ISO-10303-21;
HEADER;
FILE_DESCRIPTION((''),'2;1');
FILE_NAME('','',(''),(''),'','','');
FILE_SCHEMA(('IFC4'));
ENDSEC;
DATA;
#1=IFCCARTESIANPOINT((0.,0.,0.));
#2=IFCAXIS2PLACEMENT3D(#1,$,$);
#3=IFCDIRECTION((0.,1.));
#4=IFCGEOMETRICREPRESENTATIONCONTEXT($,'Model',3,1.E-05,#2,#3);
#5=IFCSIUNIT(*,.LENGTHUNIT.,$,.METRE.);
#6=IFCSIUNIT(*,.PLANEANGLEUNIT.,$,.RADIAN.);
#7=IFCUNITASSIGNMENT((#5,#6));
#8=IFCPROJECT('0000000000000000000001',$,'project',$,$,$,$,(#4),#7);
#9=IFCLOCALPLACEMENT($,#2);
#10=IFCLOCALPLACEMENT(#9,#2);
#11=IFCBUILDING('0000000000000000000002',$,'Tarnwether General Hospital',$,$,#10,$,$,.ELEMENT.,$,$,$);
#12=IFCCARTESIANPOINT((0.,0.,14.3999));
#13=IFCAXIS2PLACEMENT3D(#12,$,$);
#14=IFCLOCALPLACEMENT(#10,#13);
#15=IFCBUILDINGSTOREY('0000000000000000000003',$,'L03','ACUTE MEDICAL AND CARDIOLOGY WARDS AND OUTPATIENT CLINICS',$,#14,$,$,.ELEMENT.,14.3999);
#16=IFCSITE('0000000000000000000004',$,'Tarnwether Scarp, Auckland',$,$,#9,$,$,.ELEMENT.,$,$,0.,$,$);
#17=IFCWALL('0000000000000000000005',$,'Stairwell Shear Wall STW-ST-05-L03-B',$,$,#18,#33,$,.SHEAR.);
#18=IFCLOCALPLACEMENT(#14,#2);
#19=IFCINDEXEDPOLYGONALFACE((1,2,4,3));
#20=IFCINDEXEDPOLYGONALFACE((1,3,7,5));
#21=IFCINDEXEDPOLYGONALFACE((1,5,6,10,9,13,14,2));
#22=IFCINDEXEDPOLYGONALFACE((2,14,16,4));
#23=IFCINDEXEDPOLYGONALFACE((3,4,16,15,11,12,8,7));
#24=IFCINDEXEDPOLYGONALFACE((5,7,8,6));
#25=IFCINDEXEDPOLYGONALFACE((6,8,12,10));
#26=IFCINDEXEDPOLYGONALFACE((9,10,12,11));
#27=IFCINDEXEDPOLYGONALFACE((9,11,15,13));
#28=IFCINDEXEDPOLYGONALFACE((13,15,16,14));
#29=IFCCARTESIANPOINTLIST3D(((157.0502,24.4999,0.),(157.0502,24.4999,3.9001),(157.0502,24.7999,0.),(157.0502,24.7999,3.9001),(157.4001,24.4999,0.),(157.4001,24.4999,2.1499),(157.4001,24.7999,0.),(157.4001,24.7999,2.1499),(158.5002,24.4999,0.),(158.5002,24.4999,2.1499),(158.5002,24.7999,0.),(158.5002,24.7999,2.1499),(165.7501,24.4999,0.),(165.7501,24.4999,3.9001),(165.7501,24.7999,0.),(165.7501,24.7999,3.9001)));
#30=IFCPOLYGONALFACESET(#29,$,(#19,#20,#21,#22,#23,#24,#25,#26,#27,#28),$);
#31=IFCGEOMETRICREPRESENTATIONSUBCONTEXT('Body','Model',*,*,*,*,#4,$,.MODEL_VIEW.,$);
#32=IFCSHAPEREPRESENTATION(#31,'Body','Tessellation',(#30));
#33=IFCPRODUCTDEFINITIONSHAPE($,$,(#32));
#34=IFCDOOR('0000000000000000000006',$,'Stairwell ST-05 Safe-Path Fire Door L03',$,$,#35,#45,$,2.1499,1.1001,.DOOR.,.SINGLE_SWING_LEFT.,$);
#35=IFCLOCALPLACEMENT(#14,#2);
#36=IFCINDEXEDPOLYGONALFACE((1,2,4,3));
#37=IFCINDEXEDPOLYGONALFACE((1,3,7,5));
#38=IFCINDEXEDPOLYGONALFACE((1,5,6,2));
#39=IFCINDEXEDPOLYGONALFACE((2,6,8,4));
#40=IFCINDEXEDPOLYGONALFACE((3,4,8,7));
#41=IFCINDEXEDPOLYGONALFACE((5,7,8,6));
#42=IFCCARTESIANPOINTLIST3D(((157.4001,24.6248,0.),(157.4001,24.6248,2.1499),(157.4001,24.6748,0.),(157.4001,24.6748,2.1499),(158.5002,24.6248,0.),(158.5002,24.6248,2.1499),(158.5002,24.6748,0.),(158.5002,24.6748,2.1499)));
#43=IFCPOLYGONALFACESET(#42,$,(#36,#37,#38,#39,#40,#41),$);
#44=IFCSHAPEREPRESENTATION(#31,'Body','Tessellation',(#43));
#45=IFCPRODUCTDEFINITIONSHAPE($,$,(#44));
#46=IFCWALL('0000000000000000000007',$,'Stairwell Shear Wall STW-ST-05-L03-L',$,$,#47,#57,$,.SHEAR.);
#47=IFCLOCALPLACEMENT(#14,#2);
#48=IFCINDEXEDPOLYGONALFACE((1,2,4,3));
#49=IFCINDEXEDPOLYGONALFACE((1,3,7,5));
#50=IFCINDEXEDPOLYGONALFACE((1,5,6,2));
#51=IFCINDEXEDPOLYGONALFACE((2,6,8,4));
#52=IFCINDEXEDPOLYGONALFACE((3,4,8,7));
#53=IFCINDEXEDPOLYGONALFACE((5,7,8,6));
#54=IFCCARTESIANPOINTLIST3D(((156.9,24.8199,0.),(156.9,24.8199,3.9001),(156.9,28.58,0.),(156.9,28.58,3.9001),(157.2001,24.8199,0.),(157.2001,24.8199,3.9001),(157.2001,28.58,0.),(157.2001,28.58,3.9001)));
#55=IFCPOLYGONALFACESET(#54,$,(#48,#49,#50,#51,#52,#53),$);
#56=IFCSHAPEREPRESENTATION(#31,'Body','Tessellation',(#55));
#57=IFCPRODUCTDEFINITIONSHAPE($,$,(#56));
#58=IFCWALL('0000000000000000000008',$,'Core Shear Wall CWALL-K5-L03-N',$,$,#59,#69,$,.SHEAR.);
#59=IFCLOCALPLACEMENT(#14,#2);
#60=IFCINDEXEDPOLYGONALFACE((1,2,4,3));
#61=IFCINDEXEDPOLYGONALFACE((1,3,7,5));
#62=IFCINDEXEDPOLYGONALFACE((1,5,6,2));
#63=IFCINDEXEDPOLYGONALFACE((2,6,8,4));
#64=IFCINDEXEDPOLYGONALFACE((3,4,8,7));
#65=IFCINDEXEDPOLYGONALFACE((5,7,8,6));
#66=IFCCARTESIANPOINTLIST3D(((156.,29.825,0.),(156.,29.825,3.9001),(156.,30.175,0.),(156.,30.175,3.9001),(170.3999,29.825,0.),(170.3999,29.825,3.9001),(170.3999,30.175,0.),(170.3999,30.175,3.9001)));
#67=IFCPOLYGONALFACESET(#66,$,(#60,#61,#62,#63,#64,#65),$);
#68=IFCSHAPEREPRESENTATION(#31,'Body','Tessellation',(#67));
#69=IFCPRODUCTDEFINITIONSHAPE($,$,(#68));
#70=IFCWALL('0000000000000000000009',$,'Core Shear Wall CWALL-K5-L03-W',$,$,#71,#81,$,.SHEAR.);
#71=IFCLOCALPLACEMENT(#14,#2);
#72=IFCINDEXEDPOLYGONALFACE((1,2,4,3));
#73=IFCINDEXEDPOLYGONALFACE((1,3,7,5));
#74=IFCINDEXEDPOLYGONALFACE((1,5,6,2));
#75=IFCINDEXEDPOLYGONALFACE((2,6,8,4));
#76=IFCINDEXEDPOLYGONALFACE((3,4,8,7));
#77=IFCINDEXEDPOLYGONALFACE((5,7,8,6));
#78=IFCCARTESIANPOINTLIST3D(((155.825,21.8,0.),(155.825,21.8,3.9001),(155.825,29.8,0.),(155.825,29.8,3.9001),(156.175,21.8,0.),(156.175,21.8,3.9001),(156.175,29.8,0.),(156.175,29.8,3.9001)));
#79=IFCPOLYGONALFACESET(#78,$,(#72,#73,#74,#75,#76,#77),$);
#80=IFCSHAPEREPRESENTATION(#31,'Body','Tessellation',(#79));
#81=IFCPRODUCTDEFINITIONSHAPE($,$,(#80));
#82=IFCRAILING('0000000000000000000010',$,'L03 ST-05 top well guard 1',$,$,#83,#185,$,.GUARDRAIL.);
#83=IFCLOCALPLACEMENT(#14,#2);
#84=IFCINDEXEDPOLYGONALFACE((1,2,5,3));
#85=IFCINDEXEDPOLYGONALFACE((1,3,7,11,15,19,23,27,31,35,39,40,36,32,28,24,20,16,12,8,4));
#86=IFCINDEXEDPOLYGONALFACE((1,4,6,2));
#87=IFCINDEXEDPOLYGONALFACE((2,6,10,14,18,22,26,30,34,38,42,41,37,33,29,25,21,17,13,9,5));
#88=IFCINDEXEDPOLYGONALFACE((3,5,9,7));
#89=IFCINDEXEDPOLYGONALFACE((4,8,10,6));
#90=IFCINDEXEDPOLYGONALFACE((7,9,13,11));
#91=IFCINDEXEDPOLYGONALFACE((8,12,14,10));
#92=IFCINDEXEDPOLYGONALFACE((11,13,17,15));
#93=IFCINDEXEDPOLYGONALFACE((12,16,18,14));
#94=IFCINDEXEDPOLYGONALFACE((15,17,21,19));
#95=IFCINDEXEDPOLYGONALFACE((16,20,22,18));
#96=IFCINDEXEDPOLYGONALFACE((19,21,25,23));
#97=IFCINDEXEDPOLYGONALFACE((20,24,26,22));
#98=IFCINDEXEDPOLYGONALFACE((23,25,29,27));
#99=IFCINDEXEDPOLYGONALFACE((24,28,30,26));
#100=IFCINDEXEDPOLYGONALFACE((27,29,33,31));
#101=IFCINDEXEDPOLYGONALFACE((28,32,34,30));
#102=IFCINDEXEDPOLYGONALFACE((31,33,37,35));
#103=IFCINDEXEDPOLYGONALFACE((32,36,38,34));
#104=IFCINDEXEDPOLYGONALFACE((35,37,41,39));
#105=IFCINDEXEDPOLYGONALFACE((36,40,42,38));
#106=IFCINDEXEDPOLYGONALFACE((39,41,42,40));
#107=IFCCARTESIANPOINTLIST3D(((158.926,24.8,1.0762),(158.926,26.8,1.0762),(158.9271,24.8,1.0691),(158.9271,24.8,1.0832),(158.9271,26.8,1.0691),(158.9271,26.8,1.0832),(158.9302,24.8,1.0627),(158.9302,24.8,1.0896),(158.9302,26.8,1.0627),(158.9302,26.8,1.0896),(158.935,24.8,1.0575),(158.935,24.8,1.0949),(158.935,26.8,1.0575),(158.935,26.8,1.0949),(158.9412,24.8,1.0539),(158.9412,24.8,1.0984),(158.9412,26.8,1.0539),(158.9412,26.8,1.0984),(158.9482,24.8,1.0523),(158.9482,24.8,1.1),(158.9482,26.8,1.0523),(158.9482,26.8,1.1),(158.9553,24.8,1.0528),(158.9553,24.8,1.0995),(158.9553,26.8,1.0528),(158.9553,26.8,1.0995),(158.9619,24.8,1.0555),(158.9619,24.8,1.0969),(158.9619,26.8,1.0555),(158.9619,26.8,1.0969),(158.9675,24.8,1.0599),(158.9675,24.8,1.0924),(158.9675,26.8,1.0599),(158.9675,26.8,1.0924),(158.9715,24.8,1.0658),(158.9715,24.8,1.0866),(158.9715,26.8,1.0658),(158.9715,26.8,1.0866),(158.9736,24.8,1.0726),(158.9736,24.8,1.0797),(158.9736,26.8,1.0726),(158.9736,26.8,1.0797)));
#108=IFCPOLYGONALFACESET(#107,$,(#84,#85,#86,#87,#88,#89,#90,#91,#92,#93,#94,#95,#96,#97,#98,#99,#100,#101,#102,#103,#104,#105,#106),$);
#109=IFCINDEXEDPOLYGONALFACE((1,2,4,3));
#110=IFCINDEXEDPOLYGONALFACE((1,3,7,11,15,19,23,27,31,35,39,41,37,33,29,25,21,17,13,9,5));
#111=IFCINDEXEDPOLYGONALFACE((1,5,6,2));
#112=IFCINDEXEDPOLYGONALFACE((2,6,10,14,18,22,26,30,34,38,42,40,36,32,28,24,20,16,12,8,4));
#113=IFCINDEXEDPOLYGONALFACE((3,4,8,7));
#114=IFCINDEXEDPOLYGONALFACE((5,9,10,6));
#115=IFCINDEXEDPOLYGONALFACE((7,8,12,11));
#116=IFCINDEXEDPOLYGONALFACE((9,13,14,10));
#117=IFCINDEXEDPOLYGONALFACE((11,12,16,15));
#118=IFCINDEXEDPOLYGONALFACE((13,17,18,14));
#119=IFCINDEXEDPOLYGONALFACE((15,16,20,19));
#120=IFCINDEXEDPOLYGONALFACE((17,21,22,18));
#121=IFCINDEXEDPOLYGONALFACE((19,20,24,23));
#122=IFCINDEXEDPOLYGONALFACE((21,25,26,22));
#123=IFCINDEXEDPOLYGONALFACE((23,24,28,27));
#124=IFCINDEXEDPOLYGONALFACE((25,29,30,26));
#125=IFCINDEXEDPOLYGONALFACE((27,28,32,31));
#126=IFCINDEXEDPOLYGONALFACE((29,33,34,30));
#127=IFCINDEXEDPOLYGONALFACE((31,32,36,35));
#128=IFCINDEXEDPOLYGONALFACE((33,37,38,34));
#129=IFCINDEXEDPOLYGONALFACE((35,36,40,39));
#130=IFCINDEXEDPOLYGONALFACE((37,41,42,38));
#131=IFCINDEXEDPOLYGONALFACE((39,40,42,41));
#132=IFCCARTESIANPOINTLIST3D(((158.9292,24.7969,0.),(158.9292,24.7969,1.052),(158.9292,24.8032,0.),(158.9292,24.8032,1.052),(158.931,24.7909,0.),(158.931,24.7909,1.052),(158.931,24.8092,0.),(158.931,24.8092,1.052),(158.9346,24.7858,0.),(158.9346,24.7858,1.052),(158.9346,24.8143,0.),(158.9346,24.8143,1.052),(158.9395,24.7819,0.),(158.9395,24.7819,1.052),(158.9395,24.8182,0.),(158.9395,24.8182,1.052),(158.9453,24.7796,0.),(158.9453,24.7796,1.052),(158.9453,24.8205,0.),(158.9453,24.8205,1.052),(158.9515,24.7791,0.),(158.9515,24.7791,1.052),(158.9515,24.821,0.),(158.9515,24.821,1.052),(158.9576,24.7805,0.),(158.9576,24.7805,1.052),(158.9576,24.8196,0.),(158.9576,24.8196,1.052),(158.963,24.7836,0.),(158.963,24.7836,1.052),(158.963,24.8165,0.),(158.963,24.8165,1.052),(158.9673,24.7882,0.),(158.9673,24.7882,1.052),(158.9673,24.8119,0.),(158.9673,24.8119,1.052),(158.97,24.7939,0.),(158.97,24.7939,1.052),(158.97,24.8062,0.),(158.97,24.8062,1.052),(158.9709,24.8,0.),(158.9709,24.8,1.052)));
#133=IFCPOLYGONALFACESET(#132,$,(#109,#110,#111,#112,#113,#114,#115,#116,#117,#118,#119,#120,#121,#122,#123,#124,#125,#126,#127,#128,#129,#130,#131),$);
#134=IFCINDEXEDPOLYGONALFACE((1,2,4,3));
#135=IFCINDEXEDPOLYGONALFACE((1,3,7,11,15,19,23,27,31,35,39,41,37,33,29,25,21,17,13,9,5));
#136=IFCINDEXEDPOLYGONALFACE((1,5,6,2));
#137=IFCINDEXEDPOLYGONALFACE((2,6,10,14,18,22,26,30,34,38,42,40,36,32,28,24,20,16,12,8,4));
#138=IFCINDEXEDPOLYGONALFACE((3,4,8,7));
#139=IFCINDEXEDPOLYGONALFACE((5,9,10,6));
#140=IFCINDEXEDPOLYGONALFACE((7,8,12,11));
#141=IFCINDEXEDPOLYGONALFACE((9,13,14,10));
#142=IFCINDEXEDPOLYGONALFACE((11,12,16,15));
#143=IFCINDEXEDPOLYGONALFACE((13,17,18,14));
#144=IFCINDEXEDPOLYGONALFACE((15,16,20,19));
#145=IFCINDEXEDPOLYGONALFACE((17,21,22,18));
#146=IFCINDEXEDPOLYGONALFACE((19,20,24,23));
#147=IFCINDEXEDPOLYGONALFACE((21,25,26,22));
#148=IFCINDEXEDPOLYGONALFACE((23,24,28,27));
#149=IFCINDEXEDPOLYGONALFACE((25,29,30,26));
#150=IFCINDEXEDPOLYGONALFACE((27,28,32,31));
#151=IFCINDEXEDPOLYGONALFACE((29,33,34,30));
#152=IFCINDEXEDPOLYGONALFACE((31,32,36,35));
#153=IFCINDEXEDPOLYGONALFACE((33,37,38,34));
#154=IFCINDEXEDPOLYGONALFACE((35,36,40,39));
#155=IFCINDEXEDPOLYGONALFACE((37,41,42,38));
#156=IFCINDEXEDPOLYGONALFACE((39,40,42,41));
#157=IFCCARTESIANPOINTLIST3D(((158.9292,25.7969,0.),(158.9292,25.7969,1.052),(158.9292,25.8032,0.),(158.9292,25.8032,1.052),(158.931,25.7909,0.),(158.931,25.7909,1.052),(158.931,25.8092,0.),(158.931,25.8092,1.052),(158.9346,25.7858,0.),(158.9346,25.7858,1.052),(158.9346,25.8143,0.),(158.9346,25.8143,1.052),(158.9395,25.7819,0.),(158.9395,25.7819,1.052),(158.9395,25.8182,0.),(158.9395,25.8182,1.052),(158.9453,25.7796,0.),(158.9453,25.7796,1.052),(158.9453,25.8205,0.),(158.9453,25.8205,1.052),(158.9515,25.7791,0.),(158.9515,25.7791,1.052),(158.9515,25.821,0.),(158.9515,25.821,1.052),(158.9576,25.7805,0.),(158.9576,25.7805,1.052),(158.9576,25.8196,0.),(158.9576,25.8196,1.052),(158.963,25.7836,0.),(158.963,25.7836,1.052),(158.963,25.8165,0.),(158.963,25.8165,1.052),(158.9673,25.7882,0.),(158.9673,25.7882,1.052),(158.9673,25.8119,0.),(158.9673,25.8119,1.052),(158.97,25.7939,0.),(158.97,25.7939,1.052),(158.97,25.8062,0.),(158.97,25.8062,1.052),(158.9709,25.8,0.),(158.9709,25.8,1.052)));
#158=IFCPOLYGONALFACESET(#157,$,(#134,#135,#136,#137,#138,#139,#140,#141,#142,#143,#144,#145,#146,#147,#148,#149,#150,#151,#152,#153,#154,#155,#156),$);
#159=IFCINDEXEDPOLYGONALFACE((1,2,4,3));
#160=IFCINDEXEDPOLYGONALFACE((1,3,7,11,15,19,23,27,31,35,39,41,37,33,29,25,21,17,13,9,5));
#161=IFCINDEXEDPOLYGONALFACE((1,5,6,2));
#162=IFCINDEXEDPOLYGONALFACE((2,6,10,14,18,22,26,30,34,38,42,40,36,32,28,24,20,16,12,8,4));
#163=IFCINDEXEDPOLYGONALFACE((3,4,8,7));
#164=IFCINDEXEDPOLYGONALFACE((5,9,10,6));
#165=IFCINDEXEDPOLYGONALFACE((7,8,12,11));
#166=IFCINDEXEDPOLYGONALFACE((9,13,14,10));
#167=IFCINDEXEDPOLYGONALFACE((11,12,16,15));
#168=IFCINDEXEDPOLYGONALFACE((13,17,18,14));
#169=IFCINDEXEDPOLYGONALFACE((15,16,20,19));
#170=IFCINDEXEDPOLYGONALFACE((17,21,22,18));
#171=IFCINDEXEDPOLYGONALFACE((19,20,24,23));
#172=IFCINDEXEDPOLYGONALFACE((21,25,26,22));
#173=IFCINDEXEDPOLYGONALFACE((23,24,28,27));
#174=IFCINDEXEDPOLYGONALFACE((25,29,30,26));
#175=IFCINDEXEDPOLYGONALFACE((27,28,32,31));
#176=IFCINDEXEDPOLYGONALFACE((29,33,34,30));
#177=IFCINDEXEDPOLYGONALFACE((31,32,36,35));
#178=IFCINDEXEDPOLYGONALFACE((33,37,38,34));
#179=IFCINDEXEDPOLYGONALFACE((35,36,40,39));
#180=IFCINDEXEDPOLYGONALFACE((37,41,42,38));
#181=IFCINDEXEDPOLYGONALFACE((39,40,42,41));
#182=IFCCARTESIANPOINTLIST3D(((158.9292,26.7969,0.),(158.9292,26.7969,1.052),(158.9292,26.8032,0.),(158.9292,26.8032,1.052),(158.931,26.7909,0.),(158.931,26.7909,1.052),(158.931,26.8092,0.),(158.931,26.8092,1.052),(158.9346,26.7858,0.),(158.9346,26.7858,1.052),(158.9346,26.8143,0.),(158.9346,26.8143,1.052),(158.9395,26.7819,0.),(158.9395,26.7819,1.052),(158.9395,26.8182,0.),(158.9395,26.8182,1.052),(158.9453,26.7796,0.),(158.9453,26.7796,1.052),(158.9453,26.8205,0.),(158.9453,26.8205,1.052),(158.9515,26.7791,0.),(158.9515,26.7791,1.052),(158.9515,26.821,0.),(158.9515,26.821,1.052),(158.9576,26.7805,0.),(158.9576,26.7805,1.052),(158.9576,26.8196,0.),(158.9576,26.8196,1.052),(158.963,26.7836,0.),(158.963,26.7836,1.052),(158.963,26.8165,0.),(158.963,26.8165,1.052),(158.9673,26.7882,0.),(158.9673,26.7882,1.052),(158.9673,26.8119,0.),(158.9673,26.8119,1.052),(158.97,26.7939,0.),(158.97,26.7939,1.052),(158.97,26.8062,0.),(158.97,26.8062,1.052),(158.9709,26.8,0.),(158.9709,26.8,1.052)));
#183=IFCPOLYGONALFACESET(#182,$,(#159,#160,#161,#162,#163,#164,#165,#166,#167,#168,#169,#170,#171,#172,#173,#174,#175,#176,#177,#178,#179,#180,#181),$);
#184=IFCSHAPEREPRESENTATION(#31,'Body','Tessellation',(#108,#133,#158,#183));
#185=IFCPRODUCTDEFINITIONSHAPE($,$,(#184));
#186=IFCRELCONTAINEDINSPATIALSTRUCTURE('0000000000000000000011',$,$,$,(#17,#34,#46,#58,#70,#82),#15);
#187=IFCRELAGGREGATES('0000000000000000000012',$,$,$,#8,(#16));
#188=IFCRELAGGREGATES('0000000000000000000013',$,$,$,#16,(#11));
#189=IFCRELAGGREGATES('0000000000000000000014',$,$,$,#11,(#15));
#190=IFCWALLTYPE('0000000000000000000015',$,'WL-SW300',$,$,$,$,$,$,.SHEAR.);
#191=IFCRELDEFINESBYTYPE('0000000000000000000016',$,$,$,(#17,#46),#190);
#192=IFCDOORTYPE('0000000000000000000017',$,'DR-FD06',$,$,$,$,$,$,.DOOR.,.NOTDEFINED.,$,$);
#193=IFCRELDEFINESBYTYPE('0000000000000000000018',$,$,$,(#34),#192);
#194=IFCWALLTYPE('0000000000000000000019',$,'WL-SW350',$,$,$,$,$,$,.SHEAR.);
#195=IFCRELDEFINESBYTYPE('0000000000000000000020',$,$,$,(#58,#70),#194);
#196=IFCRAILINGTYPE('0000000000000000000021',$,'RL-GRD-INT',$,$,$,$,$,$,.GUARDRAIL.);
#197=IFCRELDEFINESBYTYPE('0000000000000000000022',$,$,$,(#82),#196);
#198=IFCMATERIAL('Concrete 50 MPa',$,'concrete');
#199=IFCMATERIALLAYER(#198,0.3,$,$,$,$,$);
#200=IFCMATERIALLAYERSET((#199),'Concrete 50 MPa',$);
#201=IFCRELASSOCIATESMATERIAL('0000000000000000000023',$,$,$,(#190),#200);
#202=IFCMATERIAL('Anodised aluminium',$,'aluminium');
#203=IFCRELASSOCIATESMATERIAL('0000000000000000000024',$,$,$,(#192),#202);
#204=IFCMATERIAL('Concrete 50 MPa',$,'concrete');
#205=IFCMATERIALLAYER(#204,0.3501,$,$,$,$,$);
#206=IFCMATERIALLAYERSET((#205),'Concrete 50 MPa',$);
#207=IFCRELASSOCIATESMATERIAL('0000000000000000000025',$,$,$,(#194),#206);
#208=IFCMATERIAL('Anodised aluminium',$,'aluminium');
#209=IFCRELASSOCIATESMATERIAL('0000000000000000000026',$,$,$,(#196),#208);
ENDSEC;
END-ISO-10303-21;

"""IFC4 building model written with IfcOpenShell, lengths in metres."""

from ifc_helpers import new_model, si_unit, direction, frame, frame_2d, origin, origin_2d, place, context, subcontext, project, spatial, rectangle, circle, extrude, material, layer, layer_set, type_object, element, fill, save


model = new_model("IFC4")

# Units and contexts
model_context = context("Model", 3, precision=1e-05, world=origin(), true_north=direction((0.0, 1.0)))
body_context = subcontext(model_context, "Body", "Model", "MODEL_VIEW")
ifc_project = project(units=[si_unit("LENGTHUNIT", "METRE"), si_unit("PLANEANGLEUNIT", "RADIAN")], contexts=[model_context])

# Site, building, storey
site_placement = place(None, origin())
site = spatial("IfcSite", under=ifc_project, at=site_placement, Name="Tarnwether Scarp, Auckland", CompositionType="ELEMENT", RefElevation=0.0)
building_placement = place(site_placement, origin())
building = spatial("IfcBuilding", under=site, at=building_placement, Name="Tarnwether General Hospital", CompositionType="ELEMENT")
storey_placement = place(building_placement, frame((0.0, 0.0, 14.3999)))
storey = spatial("IfcBuildingStorey", under=building, at=storey_placement, Name="L03", Description="ACUTE MEDICAL AND CARDIOLOGY WARDS AND OUTPATIENT CLINICS", CompositionType="ELEMENT", Elevation=14.3999)

# Wall, opening, door
ifc_material_1 = material(Name="Concrete 50 MPa", Category="concrete")
ifc_layer_1 = layer(ifc_material_1, 0.3)
ifc_layer_set_1 = layer_set([ifc_layer_1], Name="Concrete 50 MPa")
wall_type_1 = type_object("IfcWallType", Name="WL-SW300", PredefinedType="SHEAR", material=ifc_layer_set_1)
wall_1_placement = place(storey_placement, frame((157.05, 24.6499, 0.0), z_axis=(0.0, 0.0, 1.0), x_axis=(1.0, 0.0, 0.0)))
wall_1 = element("IfcWall", 1, at=wall_1_placement, inside=storey, type_object=wall_type_1, Name="Stairwell Shear Wall STW-ST-05-L03-B", PredefinedType="SHEAR", context=body_context, shape_type="SweptSolid", body=[
    extrude(rectangle(XDim=8.7, YDim=0.3, at=frame_2d((4.3501, 0.0))), origin(), (0.0, 0.0, 1.0), 3.9001),
])
opening_1_placement = place(wall_1_placement, frame((0.3501, 0.0, 0.0)))
opening_1 = element("IfcOpeningElement", 2, at=opening_1_placement, cuts=wall_1, PredefinedType="OPENING", context=body_context, shape_type="SweptSolid", body=[
    extrude(rectangle(XDim=1.1001, YDim=2.1499, at=frame_2d((0.55, 1.075))), frame((0.0, 0.1602, 0.0), z_axis=(0.0, -1.0, 0.0), x_axis=(1.0, 0.0, 0.0)), (0.0, 0.0, 1.0), 0.3201),
])
ifc_material_2 = material(Name="Anodised aluminium", Category="aluminium")
door_type_1 = type_object("IfcDoorType", Name="DR-FD06", OperationType="NOTDEFINED", PredefinedType="DOOR", material=ifc_material_2)
door_1_placement = place(opening_1_placement, origin())
door_1 = element("IfcDoor", 3, at=door_1_placement, inside=storey, type_object=door_type_1, Name="Stairwell ST-05 Safe-Path Fire Door L03", OperationType="SINGLE_SWING_LEFT", OverallHeight=2.1499, OverallWidth=1.1001, PredefinedType="DOOR", context=body_context, shape_type="SweptSolid", body=[
    extrude(rectangle(XDim=1.1001, YDim=2.1499, at=frame_2d((0.55, 1.075))), frame((0.0, 0.0249, 0.0), z_axis=(0.0, -1.0, 0.0), x_axis=(1.0, 0.0, 0.0)), (0.0, 0.0, 1.0), 0.05),
])
fill(opening_1, door_1)

# Walls
wall_2_placement = place(storey_placement, frame((157.05, 24.8201, 0.0), z_axis=(0.0, 0.0, 1.0), x_axis=(0.0, 1.0, 0.0)))
element("IfcWall", 4, at=wall_2_placement, inside=storey, type_object=wall_type_1, Name="Stairwell Shear Wall STW-ST-05-L03-L", PredefinedType="SHEAR", context=body_context, shape_type="SweptSolid", body=[
    extrude(rectangle(XDim=3.76, YDim=0.3, at=frame_2d((1.8799, 0.0))), origin(), (0.0, 0.0, 1.0), 3.9001),
])
ifc_material_3 = material(Name="Concrete 50 MPa", Category="concrete")
ifc_layer_2 = layer(ifc_material_3, 0.3501)
ifc_layer_set_2 = layer_set([ifc_layer_2], Name="Concrete 50 MPa")
wall_type_2 = type_object("IfcWallType", Name="WL-SW350", PredefinedType="SHEAR", material=ifc_layer_set_2)
wall_3_placement = place(storey_placement, frame((156.0, 30.0, 0.0), z_axis=(0.0, 0.0, 1.0), x_axis=(1.0, 0.0, 0.0)))
element("IfcWall", 5, at=wall_3_placement, inside=storey, type_object=wall_type_2, Name="Core Shear Wall CWALL-K5-L03-N", PredefinedType="SHEAR", context=body_context, shape_type="SweptSolid", body=[
    extrude(rectangle(XDim=14.3999, YDim=0.3501, at=frame_2d((7.2, 0.0))), origin(), (0.0, 0.0, 1.0), 3.9001),
])
wall_4_placement = place(storey_placement, frame((156.0, 21.8, 0.0), z_axis=(0.0, 0.0, 1.0), x_axis=(0.0, 1.0, 0.0)))
element("IfcWall", 6, at=wall_4_placement, inside=storey, type_object=wall_type_2, Name="Core Shear Wall CWALL-K5-L03-W", PredefinedType="SHEAR", context=body_context, shape_type="SweptSolid", body=[
    extrude(rectangle(XDim=8.0, YDim=0.3501, at=frame_2d((4.0, 0.0))), origin(), (0.0, 0.0, 1.0), 3.9001),
])

# Railing
ifc_material_4 = material(Name="Anodised aluminium", Category="aluminium")
railing_type = type_object("IfcRailingType", Name="RL-GRD-INT", PredefinedType="GUARDRAIL", material=ifc_material_4)
railing_placement = place(storey_placement, frame((158.95, 24.8, 0.0)))
element("IfcRailing", 7, at=railing_placement, inside=storey, type_object=railing_type, Name="L03 ST-05 top well guard 1", PredefinedType="GUARDRAIL", context=body_context, shape_type="SweptSolid", body=[
    extrude(circle(Radius=0.0239, at=origin_2d()), frame((0.0, 0.0, 1.0762), z_axis=(0.0, 1.0, 0.0), x_axis=(-1.0, 0.0, 0.0)), (0.0, 0.0, 1.0), 2.0),
    extrude(circle(Radius=0.021, at=origin_2d()), origin(), (0.0, 0.0, 1.0), 1.052),
    extrude(circle(Radius=0.021, at=origin_2d()), frame((0.0, 1.0, 0.0)), (0.0, 0.0, 1.0), 1.052),
    extrude(circle(Radius=0.021, at=origin_2d()), frame((0.0, 2.0, 0.0)), (0.0, 0.0, 1.0), 1.052),
])

save(model, "model.ifc")
